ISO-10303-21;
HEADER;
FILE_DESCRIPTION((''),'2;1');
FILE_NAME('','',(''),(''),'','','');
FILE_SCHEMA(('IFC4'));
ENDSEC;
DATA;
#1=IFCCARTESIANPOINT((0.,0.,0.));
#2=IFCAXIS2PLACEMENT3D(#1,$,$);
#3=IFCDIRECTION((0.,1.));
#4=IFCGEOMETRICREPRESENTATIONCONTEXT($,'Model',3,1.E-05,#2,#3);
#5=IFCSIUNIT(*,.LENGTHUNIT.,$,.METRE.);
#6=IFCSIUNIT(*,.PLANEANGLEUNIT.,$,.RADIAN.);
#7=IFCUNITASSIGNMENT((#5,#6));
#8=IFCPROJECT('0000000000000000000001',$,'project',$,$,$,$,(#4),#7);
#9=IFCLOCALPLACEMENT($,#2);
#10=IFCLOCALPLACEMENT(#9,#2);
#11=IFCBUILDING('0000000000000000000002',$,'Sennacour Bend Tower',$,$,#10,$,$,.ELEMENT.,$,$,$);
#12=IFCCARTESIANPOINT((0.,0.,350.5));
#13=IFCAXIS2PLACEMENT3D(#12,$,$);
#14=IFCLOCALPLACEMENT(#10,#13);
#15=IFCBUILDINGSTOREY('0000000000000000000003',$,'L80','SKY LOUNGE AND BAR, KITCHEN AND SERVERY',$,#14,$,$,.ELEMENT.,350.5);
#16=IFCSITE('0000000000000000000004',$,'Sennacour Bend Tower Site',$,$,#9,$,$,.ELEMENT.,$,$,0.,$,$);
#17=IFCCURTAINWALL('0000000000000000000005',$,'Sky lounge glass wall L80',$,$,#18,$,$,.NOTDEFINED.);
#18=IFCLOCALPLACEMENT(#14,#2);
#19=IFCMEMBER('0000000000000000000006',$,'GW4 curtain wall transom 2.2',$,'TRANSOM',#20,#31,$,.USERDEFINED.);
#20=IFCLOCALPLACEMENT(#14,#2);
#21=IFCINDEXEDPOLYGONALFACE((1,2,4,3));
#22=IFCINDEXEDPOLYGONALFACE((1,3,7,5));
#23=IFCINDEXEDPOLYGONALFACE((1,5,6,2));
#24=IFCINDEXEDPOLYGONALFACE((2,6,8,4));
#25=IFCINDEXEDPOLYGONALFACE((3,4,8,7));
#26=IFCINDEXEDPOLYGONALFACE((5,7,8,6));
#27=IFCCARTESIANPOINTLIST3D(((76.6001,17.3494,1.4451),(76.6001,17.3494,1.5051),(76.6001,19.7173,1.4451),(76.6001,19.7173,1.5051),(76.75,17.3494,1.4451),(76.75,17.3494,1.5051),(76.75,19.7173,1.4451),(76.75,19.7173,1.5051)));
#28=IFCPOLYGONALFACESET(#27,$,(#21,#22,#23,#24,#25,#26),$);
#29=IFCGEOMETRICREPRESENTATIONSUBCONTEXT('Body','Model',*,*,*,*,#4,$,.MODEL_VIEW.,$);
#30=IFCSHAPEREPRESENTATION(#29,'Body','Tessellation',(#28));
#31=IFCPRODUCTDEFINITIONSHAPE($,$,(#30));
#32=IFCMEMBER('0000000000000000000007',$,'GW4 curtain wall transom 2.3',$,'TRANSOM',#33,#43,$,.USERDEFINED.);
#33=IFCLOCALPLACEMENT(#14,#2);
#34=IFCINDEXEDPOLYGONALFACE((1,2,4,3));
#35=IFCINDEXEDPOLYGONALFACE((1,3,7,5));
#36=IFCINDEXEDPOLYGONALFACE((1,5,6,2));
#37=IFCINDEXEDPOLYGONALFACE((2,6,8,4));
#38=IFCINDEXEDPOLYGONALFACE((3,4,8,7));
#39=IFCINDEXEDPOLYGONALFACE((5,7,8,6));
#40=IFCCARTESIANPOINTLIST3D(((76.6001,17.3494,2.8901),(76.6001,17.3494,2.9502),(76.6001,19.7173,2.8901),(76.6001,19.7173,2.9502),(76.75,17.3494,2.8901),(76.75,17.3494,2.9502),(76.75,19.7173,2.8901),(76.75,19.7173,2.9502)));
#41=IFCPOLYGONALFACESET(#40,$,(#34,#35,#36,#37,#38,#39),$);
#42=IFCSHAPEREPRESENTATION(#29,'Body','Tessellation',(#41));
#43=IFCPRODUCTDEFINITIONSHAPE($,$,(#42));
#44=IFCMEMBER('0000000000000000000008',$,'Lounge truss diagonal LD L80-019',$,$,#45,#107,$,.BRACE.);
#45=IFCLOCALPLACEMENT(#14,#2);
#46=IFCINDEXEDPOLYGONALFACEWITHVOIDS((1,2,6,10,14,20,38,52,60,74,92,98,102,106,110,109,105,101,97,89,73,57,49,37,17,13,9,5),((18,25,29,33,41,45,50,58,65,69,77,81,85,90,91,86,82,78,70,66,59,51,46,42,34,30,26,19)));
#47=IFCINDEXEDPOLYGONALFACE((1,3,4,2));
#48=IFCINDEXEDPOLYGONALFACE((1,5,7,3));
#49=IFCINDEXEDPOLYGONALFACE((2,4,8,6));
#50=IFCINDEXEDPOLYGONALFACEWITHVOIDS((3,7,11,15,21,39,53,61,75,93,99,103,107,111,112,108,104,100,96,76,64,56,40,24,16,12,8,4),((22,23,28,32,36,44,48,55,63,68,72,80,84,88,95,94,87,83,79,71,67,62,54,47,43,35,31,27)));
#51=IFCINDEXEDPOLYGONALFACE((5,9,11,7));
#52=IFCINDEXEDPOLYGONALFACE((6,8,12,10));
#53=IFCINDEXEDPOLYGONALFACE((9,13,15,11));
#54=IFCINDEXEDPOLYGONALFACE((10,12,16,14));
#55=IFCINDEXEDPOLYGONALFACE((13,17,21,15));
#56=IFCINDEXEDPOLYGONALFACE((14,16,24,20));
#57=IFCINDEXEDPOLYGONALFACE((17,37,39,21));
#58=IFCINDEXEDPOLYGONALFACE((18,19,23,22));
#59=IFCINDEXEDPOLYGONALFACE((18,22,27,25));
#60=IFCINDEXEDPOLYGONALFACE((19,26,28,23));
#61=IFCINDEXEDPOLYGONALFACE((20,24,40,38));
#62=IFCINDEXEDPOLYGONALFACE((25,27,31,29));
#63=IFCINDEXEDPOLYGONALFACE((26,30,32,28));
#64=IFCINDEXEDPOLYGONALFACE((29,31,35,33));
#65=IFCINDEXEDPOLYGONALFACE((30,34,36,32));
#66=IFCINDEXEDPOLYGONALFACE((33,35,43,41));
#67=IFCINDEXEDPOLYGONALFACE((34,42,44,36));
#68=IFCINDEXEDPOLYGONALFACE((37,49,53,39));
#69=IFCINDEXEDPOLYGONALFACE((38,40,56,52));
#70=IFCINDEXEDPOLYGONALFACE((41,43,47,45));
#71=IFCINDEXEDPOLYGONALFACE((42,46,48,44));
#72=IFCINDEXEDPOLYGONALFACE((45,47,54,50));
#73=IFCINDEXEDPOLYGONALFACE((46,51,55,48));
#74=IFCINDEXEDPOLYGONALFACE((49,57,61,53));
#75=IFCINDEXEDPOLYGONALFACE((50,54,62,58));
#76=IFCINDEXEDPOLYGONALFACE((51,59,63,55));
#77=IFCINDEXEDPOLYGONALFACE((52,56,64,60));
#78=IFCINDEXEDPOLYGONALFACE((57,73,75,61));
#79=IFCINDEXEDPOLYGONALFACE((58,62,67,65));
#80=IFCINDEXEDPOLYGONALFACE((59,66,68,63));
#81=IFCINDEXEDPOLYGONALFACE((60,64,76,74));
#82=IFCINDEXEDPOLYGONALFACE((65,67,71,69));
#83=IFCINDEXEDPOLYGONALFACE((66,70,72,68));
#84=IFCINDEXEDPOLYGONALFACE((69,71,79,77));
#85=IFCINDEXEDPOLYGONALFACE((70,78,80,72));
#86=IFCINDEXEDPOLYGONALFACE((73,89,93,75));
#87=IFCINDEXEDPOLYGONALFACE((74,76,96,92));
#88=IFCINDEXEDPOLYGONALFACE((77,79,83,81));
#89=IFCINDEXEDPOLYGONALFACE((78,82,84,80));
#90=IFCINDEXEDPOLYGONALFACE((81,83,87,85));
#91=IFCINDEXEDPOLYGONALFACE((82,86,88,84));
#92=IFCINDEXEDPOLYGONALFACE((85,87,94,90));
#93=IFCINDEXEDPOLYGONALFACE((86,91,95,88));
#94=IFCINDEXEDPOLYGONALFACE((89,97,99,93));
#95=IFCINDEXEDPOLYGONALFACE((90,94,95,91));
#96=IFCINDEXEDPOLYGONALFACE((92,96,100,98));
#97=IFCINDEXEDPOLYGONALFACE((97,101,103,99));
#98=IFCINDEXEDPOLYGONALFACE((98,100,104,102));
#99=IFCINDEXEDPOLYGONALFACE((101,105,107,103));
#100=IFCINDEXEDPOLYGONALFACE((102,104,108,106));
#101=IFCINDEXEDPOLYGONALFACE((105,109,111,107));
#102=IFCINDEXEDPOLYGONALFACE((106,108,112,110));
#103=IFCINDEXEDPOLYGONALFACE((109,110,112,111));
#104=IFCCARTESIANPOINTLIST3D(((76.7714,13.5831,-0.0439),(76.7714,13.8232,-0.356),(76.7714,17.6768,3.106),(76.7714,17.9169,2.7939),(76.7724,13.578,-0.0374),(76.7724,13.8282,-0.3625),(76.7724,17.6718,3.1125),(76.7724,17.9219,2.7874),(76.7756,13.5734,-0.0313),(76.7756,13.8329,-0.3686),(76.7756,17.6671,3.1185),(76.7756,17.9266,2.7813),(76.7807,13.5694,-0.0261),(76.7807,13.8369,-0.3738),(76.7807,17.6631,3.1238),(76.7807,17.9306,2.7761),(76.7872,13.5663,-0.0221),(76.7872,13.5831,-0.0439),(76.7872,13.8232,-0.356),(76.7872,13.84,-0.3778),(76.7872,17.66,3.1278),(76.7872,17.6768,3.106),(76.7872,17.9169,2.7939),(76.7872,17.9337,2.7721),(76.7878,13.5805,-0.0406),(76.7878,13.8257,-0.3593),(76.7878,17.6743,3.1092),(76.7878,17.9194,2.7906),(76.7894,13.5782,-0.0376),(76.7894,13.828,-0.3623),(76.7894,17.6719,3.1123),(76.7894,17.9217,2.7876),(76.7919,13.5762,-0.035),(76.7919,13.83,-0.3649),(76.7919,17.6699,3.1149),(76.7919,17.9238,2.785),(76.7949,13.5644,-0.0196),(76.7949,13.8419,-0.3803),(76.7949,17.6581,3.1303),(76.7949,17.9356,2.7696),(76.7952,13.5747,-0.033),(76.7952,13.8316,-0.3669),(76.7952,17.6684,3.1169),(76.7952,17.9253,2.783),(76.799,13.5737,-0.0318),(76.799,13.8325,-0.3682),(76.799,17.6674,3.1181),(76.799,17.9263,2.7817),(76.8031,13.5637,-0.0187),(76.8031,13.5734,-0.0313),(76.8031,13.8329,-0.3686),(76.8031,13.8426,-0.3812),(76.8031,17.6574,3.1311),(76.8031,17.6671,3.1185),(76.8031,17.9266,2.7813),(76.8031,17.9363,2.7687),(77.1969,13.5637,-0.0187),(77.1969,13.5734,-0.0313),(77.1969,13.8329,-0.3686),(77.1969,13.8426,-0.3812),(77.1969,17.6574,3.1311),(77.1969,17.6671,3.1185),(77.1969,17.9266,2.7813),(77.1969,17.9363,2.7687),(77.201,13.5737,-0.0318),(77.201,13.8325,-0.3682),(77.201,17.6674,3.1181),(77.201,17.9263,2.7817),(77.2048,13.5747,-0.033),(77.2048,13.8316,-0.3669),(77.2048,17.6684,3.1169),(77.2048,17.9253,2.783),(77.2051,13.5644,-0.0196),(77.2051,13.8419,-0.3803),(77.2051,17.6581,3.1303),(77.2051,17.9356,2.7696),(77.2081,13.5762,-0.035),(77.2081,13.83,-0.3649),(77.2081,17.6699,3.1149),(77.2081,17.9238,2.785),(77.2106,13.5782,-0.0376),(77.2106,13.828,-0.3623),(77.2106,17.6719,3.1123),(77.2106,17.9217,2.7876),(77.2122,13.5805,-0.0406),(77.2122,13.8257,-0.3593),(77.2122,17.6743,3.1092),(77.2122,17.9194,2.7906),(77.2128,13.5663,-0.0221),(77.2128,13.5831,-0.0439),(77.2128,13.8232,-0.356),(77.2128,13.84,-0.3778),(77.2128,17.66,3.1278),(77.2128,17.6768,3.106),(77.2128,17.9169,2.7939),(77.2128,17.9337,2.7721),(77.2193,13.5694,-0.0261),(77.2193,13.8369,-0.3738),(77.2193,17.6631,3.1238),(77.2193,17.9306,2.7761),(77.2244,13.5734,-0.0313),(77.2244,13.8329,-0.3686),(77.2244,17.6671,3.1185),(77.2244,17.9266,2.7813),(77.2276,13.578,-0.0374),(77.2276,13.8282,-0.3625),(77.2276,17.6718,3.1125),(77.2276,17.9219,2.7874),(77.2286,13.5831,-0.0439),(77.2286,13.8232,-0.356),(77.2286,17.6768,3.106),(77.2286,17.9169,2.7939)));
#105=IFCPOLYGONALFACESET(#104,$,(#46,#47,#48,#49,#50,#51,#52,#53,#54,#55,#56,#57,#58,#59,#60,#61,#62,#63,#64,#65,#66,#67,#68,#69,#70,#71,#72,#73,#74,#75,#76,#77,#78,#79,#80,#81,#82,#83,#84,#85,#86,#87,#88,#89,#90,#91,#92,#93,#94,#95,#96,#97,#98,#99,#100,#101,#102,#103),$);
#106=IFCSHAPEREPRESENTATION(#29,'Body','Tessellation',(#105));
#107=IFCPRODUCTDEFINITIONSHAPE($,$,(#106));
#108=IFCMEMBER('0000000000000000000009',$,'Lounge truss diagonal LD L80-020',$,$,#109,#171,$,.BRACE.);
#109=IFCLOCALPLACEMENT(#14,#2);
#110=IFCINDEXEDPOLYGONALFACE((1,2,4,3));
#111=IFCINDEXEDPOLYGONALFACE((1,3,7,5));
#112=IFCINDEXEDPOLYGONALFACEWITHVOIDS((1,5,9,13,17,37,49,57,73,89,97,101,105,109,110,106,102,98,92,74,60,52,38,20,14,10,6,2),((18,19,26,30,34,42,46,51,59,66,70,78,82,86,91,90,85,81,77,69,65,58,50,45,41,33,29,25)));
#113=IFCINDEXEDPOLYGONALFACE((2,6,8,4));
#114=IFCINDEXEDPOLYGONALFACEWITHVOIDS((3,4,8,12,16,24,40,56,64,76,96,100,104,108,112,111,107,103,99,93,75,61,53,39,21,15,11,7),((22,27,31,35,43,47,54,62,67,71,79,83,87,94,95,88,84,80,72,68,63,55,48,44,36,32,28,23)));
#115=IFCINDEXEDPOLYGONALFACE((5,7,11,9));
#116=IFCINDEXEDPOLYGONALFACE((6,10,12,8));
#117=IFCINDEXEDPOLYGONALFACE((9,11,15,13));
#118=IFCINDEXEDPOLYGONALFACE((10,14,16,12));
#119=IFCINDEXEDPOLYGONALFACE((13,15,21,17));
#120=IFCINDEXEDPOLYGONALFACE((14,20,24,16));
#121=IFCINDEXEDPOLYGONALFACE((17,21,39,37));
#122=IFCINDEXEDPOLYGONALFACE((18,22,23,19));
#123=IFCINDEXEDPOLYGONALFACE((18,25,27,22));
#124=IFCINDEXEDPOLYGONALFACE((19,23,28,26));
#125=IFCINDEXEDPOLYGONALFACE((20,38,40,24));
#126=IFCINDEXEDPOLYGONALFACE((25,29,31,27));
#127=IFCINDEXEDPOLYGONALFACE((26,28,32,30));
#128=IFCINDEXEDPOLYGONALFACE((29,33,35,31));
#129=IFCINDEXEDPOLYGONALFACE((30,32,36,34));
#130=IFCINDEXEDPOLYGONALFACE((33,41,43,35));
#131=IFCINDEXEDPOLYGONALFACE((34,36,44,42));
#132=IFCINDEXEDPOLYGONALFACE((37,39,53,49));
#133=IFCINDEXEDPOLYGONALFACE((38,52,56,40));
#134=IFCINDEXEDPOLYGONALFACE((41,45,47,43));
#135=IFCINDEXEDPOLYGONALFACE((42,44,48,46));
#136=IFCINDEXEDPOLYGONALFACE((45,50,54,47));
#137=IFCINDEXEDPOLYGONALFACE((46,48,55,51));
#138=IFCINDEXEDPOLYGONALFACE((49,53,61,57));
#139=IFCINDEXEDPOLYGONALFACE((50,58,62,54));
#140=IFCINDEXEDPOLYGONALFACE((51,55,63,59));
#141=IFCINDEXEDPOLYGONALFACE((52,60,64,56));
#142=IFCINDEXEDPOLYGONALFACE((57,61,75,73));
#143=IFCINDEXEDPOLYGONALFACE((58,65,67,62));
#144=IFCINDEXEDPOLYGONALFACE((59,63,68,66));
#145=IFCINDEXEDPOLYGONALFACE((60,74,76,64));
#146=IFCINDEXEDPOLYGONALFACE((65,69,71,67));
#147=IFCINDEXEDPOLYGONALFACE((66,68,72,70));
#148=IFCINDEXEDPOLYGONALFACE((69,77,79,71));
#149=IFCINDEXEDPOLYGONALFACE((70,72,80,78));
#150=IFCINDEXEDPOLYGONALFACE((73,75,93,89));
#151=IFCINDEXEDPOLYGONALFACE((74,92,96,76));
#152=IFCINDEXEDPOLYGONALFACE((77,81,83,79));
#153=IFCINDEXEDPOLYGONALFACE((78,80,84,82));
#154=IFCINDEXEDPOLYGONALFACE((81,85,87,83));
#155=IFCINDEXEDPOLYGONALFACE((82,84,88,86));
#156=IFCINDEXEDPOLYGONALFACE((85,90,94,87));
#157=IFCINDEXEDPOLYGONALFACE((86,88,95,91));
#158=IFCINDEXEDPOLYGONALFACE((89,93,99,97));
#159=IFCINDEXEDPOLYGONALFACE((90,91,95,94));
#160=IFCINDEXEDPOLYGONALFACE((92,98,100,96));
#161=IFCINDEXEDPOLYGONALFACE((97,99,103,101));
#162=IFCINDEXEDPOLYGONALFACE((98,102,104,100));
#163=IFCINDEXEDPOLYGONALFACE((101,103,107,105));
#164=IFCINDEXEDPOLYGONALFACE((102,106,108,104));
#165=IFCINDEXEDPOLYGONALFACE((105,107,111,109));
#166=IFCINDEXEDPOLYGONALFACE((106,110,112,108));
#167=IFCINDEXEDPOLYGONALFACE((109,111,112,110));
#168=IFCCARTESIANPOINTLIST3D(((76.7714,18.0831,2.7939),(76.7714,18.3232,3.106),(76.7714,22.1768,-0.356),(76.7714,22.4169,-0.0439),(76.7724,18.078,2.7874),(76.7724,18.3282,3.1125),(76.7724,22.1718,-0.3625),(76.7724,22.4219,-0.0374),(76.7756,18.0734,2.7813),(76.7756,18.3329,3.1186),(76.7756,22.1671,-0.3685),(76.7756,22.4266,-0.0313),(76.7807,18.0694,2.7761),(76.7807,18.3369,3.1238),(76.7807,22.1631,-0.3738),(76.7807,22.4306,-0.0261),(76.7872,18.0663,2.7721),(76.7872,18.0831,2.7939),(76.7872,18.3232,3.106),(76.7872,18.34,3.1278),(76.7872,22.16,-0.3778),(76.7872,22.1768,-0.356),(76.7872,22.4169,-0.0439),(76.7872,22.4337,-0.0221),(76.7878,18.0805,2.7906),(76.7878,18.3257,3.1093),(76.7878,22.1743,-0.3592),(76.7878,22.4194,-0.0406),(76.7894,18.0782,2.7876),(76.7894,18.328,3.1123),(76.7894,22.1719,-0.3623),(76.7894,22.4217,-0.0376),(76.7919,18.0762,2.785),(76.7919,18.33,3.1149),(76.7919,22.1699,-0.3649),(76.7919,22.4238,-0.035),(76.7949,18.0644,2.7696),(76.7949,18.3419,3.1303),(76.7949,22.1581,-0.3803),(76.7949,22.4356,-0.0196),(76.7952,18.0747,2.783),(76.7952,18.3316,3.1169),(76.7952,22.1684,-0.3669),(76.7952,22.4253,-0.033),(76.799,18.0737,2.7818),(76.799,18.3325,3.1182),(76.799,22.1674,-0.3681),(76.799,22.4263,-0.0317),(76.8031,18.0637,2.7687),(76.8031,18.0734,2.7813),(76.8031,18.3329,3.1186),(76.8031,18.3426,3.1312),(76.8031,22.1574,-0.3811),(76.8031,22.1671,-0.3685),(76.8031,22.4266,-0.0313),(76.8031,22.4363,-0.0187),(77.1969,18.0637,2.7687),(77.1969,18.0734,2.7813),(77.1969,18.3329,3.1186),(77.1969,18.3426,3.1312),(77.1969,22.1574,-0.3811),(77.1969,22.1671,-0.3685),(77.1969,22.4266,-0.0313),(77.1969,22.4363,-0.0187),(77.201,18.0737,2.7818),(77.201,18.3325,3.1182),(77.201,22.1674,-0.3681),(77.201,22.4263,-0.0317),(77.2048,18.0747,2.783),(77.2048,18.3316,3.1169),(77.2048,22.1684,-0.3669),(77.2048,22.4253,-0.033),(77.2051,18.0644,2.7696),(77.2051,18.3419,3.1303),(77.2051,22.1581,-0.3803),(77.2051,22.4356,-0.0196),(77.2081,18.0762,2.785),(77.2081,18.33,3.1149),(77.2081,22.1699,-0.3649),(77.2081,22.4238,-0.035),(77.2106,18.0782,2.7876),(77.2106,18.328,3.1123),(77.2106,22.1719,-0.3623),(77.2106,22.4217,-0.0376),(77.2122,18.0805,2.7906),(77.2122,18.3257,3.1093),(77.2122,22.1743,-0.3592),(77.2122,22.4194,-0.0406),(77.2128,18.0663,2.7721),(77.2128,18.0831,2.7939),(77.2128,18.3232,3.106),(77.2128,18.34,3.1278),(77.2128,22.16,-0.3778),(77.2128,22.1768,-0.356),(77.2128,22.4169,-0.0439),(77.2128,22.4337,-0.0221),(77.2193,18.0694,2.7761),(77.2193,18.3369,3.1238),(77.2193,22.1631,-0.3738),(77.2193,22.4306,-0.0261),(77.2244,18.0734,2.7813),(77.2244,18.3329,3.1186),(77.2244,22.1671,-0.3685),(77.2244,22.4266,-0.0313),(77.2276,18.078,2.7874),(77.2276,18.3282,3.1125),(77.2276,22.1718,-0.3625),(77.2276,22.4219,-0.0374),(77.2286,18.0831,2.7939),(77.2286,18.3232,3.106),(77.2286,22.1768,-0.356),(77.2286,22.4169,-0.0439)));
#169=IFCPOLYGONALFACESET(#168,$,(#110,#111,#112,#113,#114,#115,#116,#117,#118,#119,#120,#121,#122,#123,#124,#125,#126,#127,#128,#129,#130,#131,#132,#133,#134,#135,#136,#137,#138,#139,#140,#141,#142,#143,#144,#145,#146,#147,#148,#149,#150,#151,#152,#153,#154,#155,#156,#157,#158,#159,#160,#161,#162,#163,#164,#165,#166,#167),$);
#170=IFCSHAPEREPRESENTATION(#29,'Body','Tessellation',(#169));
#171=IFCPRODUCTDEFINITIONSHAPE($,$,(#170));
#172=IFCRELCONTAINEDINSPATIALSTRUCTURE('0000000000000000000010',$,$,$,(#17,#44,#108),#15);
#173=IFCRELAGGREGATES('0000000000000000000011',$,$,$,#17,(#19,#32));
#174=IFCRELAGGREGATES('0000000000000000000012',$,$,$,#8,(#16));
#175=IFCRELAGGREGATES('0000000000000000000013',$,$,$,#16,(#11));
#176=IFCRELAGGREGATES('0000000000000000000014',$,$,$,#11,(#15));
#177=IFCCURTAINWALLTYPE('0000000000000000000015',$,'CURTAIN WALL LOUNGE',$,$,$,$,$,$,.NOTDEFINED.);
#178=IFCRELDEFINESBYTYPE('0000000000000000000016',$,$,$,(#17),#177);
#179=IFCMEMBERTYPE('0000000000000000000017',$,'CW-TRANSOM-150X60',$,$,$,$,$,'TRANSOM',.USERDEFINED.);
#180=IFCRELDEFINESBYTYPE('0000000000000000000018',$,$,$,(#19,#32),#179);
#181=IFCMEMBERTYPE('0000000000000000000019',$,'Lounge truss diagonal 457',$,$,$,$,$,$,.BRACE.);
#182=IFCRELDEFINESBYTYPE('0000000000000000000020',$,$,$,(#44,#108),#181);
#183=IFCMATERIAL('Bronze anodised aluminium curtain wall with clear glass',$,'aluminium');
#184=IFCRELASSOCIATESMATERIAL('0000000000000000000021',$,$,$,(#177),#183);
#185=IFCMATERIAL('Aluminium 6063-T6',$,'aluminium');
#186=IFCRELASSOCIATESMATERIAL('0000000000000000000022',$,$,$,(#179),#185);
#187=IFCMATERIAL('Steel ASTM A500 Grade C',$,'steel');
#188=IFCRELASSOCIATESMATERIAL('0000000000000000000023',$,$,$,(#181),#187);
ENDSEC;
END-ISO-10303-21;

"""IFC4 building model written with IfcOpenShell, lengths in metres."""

from ifc_helpers import new_model, si_unit, direction, frame, origin, origin_2d, place, context, subcontext, project, spatial, rectangle, hollow_rectangle, extrude, material, material_profile, profile_set, type_object, element, aggregate, save


model = new_model("IFC4")

# Units and contexts
model_context = context("Model", 3, precision=1e-05, world=origin(), true_north=direction((0.0, 1.0)))
body_context = subcontext(model_context, "Body", "Model", "MODEL_VIEW")
ifc_project = project(units=[si_unit("LENGTHUNIT", "METRE"), si_unit("PLANEANGLEUNIT", "RADIAN")], contexts=[model_context])

# Site, building, storey
site_placement = place(None, origin())
site = spatial("IfcSite", under=ifc_project, at=site_placement, Name="Sennacour Bend Tower Site", CompositionType="ELEMENT", RefElevation=0.0)
building_placement = place(site_placement, origin())
building = spatial("IfcBuilding", under=site, at=building_placement, Name="Sennacour Bend Tower", CompositionType="ELEMENT")
storey_placement = place(building_placement, frame((0.0, 0.0, 350.5)))
storey = spatial("IfcBuildingStorey", under=building, at=storey_placement, Name="L80", Description="SKY LOUNGE AND BAR, KITCHEN AND SERVERY", CompositionType="ELEMENT", Elevation=350.5)

# Curtain wall
ifc_material_1 = material(Name="Bronze anodised aluminium curtain wall with clear glass", Category="aluminium")
curtain_wall_type = type_object("IfcCurtainWallType", Name="CURTAIN WALL LOUNGE", PredefinedType="NOTDEFINED", material=ifc_material_1)
ifc_material_2 = material(Name="Aluminium 6063-T6", Category="aluminium")
curtain_wall_1_placement = place(storey_placement, origin())
curtain_wall_1 = element("IfcCurtainWall", 1, at=curtain_wall_1_placement, inside=storey, type_object=curtain_wall_type, Name="Sky lounge glass wall L80", PredefinedType="NOTDEFINED")

# Members
ifc_material_profile_1 = material_profile(ifc_material_2, rectangle(XDim=0.1499, YDim=0.0601, at=origin_2d()), Name="Aluminium 6063-T6", Category="aluminium")
ifc_profile_set_1 = profile_set([ifc_material_profile_1], Name="Aluminium 6063-T6")
member_type_1 = type_object("IfcMemberType", Name="CW-TRANSOM-150X60", ElementType="TRANSOM", PredefinedType="USERDEFINED", material=ifc_profile_set_1)
member_1_placement = place(storey_placement, frame((76.675, 17.3494, 1.4751), z_axis=(0.0, 1.0, 0.0), x_axis=(-1.0, 0.0, 0.0)))
member_1 = element("IfcMember", 2, at=member_1_placement, type_object=member_type_1, Name="GW4 curtain wall transom 2.2", ObjectType="TRANSOM", PredefinedType="USERDEFINED", context=body_context, shape_type="SweptSolid", body=[
    extrude(rectangle(XDim=0.1499, YDim=0.0601, at=origin_2d()), origin(), (0.0, 0.0, 1.0), 2.3679),
])
member_2_placement = place(storey_placement, frame((76.675, 17.3494, 2.9202), z_axis=(0.0, 1.0, 0.0), x_axis=(-1.0, 0.0, 0.0)))
member_2 = element("IfcMember", 3, at=member_2_placement, type_object=member_type_1, Name="GW4 curtain wall transom 2.3", ObjectType="TRANSOM", PredefinedType="USERDEFINED", context=body_context, shape_type="SweptSolid", body=[
    extrude(rectangle(XDim=0.1499, YDim=0.0601, at=origin_2d()), origin(), (0.0, 0.0, 1.0), 2.3679),
])

# Members
ifc_material_3 = material(Name="Steel ASTM A500 Grade C", Category="steel")
ifc_material_profile_2 = material_profile(ifc_material_3, hollow_rectangle(XDim=0.4573, YDim=0.4573, WallThickness=0.0159, InnerFilletRadius=0.0159, OuterFilletRadius=0.0317, at=origin_2d()), Name="Steel ASTM A500 Grade C", Category="steel")
ifc_profile_set_2 = profile_set([ifc_material_profile_2], Name="Steel ASTM A500 Grade C")
member_type_2 = type_object("IfcMemberType", Name="Lounge truss diagonal 457", PredefinedType="BRACE", material=ifc_profile_set_2)
for number, where, z_axis, x_axis, name in (
    (4, (77.0, 13.7031, -0.2), (0.0, 0.792543, 0.609816), (-1.0, 0.0, 0.0), "Lounge truss diagonal LD L80-019"),
    (5, (77.0, 18.2031, 2.95), (0.0, 0.792543, -0.609816), (-1.0, 0.0, 0.0), "Lounge truss diagonal LD L80-020"),
):
    element("IfcMember", number, at=place(storey_placement, frame(where, z_axis=z_axis, x_axis=x_axis)), inside=storey, type_object=member_type_2, Name=name, PredefinedType="BRACE", context=body_context, shape_type="SweptSolid", body=[
        extrude(hollow_rectangle(XDim=0.4573, YDim=0.4573, WallThickness=0.0159, InnerFilletRadius=0.0159, OuterFilletRadius=0.0317, at=origin_2d()), origin(), (0.0, 0.0, 1.0), 5.1653),
    ])

aggregate(curtain_wall_1, [member_1, member_2])

save(model, "model.ifc")
